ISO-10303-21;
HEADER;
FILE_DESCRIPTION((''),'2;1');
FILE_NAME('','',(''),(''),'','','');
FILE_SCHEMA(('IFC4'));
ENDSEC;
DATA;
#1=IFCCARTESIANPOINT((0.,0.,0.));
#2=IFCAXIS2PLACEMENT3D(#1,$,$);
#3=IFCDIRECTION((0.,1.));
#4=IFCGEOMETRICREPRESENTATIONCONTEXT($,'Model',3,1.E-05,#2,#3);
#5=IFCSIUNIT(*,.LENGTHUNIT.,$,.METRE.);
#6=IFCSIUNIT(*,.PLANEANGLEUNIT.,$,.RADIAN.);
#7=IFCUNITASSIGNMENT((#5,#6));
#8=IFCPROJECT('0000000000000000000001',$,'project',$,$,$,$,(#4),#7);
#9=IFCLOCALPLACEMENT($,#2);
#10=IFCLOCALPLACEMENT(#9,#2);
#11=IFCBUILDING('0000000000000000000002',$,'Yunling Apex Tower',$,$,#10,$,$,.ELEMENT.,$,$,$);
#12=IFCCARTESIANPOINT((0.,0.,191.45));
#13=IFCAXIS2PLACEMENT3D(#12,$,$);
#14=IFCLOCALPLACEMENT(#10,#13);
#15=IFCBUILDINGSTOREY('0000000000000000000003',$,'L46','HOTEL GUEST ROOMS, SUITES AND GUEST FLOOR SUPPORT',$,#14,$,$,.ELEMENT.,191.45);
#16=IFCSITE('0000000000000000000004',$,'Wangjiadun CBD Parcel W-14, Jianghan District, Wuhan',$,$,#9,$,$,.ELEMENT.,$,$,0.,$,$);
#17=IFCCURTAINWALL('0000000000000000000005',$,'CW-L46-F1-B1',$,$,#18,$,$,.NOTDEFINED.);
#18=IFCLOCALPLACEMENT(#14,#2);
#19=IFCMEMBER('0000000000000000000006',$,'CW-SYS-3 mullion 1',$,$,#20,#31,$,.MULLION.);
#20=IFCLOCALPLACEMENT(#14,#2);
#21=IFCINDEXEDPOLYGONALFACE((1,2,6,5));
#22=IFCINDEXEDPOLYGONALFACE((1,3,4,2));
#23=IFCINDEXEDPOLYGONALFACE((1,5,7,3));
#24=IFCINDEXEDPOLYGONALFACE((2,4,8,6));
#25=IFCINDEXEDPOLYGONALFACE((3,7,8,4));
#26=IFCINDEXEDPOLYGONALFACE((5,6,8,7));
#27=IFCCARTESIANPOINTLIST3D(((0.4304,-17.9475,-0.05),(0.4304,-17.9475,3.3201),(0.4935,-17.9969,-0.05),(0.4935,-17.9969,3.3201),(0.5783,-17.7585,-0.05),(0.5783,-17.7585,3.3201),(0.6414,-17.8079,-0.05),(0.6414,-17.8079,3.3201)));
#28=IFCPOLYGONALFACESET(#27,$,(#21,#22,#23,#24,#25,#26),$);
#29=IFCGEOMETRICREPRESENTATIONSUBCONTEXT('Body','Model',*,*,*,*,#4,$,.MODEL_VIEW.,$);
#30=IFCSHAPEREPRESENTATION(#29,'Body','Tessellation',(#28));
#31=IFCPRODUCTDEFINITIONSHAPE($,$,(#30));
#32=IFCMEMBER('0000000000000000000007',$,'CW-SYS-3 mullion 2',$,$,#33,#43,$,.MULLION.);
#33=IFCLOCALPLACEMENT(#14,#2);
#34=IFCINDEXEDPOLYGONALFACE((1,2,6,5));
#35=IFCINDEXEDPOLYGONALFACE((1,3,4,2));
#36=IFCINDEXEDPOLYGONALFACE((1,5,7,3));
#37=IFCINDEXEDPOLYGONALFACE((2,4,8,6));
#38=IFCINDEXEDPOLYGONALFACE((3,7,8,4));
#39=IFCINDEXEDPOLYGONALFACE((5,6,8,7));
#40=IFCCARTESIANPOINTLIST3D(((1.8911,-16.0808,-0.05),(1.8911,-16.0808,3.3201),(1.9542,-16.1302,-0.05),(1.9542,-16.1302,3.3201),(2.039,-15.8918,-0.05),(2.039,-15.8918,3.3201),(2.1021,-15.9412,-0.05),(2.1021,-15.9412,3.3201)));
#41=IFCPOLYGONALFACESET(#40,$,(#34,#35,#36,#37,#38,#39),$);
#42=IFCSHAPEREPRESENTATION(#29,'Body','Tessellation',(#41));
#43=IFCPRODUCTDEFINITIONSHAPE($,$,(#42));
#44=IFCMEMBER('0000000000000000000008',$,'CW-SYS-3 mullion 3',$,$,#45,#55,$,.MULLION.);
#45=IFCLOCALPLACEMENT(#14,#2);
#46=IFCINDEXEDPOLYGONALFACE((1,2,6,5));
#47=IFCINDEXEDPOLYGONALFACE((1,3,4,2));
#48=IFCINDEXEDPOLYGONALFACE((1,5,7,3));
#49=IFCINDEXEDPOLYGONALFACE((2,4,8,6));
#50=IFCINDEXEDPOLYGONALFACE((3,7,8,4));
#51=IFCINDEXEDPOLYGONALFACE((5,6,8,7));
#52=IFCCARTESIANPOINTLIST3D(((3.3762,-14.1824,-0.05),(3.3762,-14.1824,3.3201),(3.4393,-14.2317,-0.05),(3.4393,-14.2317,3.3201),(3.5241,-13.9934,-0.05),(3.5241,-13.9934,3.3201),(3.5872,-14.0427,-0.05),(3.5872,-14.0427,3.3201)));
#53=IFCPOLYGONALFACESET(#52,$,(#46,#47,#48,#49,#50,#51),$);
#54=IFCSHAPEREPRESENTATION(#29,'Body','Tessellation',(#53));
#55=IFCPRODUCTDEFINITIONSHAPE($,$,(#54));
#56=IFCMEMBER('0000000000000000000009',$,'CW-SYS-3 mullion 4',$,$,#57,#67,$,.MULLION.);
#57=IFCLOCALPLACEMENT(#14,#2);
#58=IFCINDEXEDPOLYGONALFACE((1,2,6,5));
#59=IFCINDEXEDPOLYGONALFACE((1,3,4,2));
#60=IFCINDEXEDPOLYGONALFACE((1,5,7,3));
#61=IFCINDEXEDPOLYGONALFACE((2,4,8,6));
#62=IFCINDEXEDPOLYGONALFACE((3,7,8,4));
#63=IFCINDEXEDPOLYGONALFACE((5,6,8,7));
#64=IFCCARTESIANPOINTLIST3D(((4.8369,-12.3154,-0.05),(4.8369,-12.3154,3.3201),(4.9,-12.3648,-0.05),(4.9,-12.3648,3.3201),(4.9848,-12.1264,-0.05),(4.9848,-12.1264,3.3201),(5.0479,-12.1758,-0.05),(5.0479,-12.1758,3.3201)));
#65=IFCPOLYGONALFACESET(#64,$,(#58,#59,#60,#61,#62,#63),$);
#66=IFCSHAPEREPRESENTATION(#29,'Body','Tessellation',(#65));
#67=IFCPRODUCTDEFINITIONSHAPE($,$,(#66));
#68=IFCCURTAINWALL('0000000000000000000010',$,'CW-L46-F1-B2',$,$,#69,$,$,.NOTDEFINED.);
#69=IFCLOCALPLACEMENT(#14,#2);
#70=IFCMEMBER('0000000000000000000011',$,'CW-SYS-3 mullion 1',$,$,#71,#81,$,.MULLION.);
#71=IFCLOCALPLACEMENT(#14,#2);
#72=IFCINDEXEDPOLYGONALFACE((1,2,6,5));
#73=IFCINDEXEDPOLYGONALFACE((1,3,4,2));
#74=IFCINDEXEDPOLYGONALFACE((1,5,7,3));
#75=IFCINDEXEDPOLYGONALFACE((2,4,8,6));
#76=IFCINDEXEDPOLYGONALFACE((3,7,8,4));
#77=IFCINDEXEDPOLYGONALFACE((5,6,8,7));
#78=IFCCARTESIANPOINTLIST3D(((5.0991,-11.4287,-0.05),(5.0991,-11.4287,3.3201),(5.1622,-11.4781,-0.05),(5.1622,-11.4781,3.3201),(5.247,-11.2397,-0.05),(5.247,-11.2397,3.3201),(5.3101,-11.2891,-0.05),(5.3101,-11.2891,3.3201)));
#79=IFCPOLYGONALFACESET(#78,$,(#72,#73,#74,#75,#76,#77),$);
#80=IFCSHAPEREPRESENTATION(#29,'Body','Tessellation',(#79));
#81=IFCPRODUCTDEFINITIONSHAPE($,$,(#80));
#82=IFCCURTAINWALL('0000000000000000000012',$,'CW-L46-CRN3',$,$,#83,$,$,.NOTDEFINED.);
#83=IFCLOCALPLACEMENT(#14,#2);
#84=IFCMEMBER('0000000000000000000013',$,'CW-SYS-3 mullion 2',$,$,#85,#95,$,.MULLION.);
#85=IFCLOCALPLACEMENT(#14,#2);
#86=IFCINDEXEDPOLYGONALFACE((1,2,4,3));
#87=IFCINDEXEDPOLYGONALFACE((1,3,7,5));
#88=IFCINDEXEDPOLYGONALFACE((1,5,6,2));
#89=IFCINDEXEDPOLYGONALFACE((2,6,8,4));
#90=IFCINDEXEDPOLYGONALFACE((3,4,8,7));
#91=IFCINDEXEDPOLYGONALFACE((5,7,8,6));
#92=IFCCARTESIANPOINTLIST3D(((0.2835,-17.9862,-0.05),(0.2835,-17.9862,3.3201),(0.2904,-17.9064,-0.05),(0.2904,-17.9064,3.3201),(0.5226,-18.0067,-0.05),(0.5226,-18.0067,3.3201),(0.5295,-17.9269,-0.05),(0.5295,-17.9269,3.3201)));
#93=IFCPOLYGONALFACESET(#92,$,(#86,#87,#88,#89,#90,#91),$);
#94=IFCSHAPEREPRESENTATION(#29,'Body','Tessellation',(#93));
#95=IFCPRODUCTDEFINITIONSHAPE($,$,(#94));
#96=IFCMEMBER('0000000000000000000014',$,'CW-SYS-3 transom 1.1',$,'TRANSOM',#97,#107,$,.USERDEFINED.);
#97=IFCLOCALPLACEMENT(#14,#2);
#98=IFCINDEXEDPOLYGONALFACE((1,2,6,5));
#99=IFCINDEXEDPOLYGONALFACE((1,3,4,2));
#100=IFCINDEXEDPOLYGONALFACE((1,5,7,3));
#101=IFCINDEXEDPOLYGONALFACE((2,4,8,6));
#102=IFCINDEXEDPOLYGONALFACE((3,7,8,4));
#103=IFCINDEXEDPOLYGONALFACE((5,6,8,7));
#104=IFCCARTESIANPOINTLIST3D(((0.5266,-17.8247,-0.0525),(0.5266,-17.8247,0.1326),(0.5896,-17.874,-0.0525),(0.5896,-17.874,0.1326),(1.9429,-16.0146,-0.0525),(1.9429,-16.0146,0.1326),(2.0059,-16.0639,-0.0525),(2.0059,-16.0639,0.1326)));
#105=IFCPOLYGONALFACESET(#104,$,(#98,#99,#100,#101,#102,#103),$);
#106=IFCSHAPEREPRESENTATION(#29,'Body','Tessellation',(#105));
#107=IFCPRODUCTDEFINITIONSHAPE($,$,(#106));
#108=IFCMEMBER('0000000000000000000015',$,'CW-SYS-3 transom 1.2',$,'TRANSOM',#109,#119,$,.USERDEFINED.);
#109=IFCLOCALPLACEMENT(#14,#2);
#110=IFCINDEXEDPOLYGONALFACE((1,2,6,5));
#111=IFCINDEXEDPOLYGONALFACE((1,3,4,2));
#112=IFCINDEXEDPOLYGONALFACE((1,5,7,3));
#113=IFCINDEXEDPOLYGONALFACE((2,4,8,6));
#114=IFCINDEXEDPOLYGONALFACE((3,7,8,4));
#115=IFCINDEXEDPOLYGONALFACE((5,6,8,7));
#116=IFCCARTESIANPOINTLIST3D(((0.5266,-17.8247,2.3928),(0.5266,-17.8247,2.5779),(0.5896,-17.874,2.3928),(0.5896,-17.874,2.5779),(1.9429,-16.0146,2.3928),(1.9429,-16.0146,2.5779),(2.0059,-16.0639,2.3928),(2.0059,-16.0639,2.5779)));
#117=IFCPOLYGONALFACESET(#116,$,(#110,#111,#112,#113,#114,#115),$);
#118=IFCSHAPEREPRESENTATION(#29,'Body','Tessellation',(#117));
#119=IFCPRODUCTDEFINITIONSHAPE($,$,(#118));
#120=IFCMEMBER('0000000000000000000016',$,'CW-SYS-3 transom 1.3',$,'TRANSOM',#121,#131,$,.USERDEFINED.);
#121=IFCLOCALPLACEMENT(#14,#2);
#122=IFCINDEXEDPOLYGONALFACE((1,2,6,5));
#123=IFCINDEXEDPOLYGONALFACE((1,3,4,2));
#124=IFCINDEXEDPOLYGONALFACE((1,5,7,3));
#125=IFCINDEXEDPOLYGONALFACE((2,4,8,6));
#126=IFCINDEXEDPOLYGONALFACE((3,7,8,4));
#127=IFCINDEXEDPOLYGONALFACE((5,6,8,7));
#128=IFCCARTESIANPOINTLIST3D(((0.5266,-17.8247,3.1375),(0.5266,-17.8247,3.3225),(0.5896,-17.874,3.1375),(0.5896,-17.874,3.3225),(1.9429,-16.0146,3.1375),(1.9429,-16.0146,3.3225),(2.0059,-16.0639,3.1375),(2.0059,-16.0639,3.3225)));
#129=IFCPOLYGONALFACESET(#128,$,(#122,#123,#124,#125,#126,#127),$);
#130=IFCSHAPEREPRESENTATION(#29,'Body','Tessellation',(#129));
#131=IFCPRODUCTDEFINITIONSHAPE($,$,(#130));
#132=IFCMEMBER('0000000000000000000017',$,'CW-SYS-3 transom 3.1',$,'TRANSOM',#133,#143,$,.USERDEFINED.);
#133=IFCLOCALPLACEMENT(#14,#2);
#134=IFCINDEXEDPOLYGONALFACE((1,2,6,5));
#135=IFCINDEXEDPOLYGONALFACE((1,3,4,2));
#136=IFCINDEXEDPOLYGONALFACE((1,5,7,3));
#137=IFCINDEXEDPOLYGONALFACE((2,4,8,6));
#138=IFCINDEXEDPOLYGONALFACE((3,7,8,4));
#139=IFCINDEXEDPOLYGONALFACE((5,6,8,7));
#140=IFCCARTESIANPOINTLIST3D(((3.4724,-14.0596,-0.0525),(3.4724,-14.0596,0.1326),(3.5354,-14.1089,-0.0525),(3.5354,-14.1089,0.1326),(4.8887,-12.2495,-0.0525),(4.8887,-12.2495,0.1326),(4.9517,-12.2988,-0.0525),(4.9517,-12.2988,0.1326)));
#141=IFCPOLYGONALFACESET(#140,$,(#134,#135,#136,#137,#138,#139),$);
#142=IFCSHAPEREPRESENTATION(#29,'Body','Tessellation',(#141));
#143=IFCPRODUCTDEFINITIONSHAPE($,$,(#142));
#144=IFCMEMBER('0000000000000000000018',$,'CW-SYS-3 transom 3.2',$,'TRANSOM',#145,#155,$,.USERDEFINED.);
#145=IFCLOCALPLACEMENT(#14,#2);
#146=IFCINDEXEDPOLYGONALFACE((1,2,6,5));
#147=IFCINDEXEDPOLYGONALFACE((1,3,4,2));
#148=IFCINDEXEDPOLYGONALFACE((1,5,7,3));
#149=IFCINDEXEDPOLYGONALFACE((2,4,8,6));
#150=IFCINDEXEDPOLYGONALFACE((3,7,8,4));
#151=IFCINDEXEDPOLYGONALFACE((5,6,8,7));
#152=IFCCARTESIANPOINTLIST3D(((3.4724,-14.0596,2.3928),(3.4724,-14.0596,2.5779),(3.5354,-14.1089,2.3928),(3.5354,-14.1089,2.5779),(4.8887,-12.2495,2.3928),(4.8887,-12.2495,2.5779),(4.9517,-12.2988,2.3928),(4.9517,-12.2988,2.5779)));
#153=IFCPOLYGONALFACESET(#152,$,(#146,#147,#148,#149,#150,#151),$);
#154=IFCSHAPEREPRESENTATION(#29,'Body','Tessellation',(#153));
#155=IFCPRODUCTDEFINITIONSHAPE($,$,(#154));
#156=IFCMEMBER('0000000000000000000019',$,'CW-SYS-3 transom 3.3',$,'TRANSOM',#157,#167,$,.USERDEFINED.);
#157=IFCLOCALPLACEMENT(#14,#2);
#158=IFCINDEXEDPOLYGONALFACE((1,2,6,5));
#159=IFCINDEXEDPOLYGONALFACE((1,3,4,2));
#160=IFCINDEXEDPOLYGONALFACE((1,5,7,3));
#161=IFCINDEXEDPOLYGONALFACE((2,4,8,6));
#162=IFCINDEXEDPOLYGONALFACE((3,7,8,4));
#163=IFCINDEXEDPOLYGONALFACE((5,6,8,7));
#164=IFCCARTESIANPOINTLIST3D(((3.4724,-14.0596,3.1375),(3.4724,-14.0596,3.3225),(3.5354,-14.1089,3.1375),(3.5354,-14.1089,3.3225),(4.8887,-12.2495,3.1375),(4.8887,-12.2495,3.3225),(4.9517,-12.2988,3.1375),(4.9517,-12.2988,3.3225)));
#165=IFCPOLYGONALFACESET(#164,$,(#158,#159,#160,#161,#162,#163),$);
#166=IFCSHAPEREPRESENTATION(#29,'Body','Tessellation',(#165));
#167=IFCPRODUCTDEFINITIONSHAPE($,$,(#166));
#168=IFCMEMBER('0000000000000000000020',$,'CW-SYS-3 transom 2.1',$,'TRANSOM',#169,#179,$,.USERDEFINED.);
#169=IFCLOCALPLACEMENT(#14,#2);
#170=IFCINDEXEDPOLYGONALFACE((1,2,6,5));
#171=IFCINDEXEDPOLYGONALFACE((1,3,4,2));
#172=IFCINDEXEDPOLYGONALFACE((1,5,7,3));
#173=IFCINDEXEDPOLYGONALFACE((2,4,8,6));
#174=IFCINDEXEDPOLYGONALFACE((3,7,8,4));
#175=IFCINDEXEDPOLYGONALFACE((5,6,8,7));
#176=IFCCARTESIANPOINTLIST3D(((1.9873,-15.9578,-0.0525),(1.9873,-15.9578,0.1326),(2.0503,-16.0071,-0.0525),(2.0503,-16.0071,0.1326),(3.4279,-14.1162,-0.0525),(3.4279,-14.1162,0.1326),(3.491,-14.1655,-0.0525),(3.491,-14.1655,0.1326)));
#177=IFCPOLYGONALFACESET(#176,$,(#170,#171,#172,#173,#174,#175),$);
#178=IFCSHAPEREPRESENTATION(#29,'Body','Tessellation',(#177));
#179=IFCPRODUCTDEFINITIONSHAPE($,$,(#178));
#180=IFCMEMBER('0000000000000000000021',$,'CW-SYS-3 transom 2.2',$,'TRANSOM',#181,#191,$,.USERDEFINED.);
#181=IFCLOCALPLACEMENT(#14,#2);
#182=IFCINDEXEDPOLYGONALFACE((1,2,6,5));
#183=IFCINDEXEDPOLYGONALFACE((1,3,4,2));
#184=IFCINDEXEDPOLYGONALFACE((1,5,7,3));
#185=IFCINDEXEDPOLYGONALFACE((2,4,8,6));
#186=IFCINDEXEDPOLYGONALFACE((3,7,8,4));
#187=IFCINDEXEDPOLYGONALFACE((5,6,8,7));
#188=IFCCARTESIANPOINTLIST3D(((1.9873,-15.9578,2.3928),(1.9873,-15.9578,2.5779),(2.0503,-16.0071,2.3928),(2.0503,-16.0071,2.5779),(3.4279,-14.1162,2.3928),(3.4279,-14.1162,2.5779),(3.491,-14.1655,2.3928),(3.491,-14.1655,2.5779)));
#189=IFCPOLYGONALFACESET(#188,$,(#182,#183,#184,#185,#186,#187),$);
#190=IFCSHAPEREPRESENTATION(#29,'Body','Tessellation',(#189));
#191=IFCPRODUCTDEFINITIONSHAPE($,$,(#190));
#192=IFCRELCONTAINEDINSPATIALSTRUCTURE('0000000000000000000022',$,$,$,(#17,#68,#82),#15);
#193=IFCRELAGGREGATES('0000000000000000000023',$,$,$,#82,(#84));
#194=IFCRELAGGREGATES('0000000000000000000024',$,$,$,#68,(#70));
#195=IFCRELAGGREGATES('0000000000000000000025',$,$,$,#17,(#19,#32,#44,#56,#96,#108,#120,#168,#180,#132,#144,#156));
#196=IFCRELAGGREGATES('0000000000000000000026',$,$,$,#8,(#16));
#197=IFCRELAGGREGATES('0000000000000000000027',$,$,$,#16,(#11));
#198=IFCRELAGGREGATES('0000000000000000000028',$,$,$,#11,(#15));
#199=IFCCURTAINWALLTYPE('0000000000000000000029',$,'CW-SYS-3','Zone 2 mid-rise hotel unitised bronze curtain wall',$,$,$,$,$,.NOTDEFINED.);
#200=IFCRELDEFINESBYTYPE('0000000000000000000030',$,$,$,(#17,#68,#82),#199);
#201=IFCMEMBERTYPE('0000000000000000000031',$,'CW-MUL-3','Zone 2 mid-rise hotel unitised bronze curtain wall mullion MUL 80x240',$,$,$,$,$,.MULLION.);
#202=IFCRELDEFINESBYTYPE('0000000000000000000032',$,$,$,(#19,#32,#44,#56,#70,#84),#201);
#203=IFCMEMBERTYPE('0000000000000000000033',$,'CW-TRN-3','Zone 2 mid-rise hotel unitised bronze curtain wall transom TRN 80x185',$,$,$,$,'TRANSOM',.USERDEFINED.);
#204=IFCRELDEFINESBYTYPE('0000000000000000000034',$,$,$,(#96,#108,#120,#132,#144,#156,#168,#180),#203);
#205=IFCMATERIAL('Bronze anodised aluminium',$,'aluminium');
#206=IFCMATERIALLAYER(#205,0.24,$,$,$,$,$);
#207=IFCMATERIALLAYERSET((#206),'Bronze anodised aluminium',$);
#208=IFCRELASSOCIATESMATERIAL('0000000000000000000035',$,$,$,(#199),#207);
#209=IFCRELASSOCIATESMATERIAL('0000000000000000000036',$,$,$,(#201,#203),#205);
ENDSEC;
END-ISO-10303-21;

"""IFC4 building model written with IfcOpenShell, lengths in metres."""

from ifc_helpers import new_model, si_unit, direction, frame, origin, origin_2d, place, context, subcontext, project, spatial, rectangle, extrude, source, transform, mapped, material, layer, layer_set, material_profile, profile_set, type_object, element, aggregate, save


model = new_model("IFC4")

# Units and contexts
model_context = context("Model", 3, precision=1e-05, world=origin(), true_north=direction((0.0, 1.0)))
body_context = subcontext(model_context, "Body", "Model", "MODEL_VIEW")
ifc_project = project(units=[si_unit("LENGTHUNIT", "METRE"), si_unit("PLANEANGLEUNIT", "RADIAN")], contexts=[model_context])

# Site, building, storey
site_placement = place(None, origin())
site = spatial("IfcSite", under=ifc_project, at=site_placement, Name="Wangjiadun CBD Parcel W-14, Jianghan District, Wuhan", CompositionType="ELEMENT", RefElevation=0.0)
building_placement = place(site_placement, origin())
building = spatial("IfcBuilding", under=site, at=building_placement, Name="Yunling Apex Tower", CompositionType="ELEMENT")
storey_placement = place(building_placement, frame((0.0, 0.0, 191.45)))
storey = spatial("IfcBuildingStorey", under=building, at=storey_placement, Name="L46", Description="HOTEL GUEST ROOMS, SUITES AND GUEST FLOOR SUPPORT", CompositionType="ELEMENT", Elevation=191.45)

# Curtain wall, members
ifc_material_1 = material(Name="Bronze anodised aluminium", Category="aluminium")
ifc_layer_1 = layer(ifc_material_1, 0.24)
ifc_layer_set_1 = layer_set([ifc_layer_1], Name="Bronze anodised aluminium")
curtain_wall_type = type_object("IfcCurtainWallType", Name="CW-SYS-3", Description="Zone 2 mid-rise hotel unitised bronze curtain wall", PredefinedType="NOTDEFINED", material=ifc_layer_set_1)
curtain_wall_1_placement = place(storey_placement, origin())
curtain_wall_1 = element("IfcCurtainWall", 1, at=curtain_wall_1_placement, inside=storey, type_object=curtain_wall_type, Name="CW-L46-F1-B1", PredefinedType="NOTDEFINED")
ifc_material_profile_1 = material_profile(ifc_material_1, rectangle(XDim=0.0801, YDim=0.24, at=origin_2d()))
ifc_profile_set_1 = profile_set([ifc_material_profile_1], Name="Bronze anodised aluminium")
member_type_1 = type_object("IfcMemberType", Name="CW-MUL-3", Description="Zone 2 mid-rise hotel unitised bronze curtain wall mullion MUL 80x240", PredefinedType="MULLION", material=ifc_profile_set_1)
shared_shape_1 = source(origin(), body_context, "Body", "SweptSolid", [
    extrude(rectangle(XDim=0.0801, YDim=0.24, at=origin_2d()), origin(), (0.0, 0.0, 1.0), 3.3701),
])
member_1_placement = place(storey_placement, frame((0.5359, -17.8777, -0.05), z_axis=(0.0, 0.0, 1.0), x_axis=(-0.787589, 0.6162, 0.0)))
member_1 = element("IfcMember", 2, at=member_1_placement, type_object=member_type_1, Name="CW-SYS-3 mullion 1", PredefinedType="MULLION", context=body_context, shape_type="MappedRepresentation", body=[
    mapped(shared_shape_1, transform((0.0, 0.0, 0.0), scale=1.0)),
])
member_2_placement = place(storey_placement, frame((1.9966, -16.011, -0.05), z_axis=(0.0, 0.0, 1.0), x_axis=(-0.787589, 0.6162, 0.0)))
member_2 = element("IfcMember", 3, at=member_2_placement, type_object=member_type_1, Name="CW-SYS-3 mullion 2", PredefinedType="MULLION", context=body_context, shape_type="MappedRepresentation", body=[
    mapped(shared_shape_1, transform((0.0, 0.0, 0.0), scale=1.0)),
])
member_3_placement = place(storey_placement, frame((3.4817, -14.1125, -0.05), z_axis=(0.0, 0.0, 1.0), x_axis=(-0.787589, 0.6162, 0.0)))
member_3 = element("IfcMember", 4, at=member_3_placement, type_object=member_type_1, Name="CW-SYS-3 mullion 3", PredefinedType="MULLION", context=body_context, shape_type="MappedRepresentation", body=[
    mapped(shared_shape_1, transform((0.0, 0.0, 0.0), scale=1.0)),
])
member_4_placement = place(storey_placement, frame((4.9424, -12.2456, -0.05), z_axis=(0.0, 0.0, 1.0), x_axis=(-0.787589, 0.6162, 0.0)))
member_4 = element("IfcMember", 5, at=member_4_placement, type_object=member_type_1, Name="CW-SYS-3 mullion 4", PredefinedType="MULLION", context=body_context, shape_type="MappedRepresentation", body=[
    mapped(shared_shape_1, transform((0.0, 0.0, 0.0), scale=1.0)),
])

# Curtain walls, members
curtain_wall_2_placement = place(storey_placement, origin())
curtain_wall_2 = element("IfcCurtainWall", 6, at=curtain_wall_2_placement, inside=storey, type_object=curtain_wall_type, Name="CW-L46-F1-B2", PredefinedType="NOTDEFINED")
member_5_placement = place(storey_placement, frame((5.2046, -11.3589, -0.05), z_axis=(0.0, 0.0, 1.0), x_axis=(-0.787576, 0.616217, 0.0)))
member_5 = element("IfcMember", 7, at=member_5_placement, type_object=member_type_1, Name="CW-SYS-3 mullion 1", PredefinedType="MULLION", context=body_context, shape_type="MappedRepresentation", body=[
    mapped(shared_shape_1, transform((0.0, 0.0, 0.0), scale=1.0)),
])
curtain_wall_3_placement = place(storey_placement, origin())
curtain_wall_3 = element("IfcCurtainWall", 8, at=curtain_wall_3_placement, inside=storey, type_object=curtain_wall_type, Name="CW-L46-CRN3", PredefinedType="NOTDEFINED")
member_6_placement = place(storey_placement, frame((0.4065, -17.9565, -0.05), z_axis=(0.0, 0.0, 1.0), x_axis=(0.085517, 0.996337, 0.0)))
member_6 = element("IfcMember", 9, at=member_6_placement, type_object=member_type_1, Name="CW-SYS-3 mullion 2", PredefinedType="MULLION", context=body_context, shape_type="MappedRepresentation", body=[
    mapped(shared_shape_1, transform((0.0, 0.0, 0.0), scale=1.0)),
])
aggregate(curtain_wall_3, [member_6])

# Members
ifc_material_profile_2 = material_profile(ifc_material_1, rectangle(XDim=0.0801, YDim=0.1851, at=origin_2d()))
ifc_profile_set_2 = profile_set([ifc_material_profile_2], Name="Bronze anodised aluminium")
member_type_2 = type_object("IfcMemberType", Name="CW-TRN-3", Description="Zone 2 mid-rise hotel unitised bronze curtain wall transom TRN 80x185", ElementType="TRANSOM", PredefinedType="USERDEFINED", material=ifc_profile_set_2)
shared_shape_2 = source(origin(), body_context, "Body", "SweptSolid", [
    extrude(rectangle(XDim=0.0801, YDim=0.1851, at=origin_2d()), origin(), (0.0, 0.0, 1.0), 2.2983),
])
member_7_placement = place(storey_placement, frame((0.5581, -17.8494, 0.04), z_axis=(0.616225, 0.78757, 0.0), x_axis=(-0.78757, 0.616225, 0.0)))
member_7 = element("IfcMember", 10, at=member_7_placement, type_object=member_type_2, Name="CW-SYS-3 transom 1.1", ObjectType="TRANSOM", PredefinedType="USERDEFINED", context=body_context, shape_type="MappedRepresentation", body=[
    mapped(shared_shape_2, transform((0.0, 0.0, 0.0), scale=1.0)),
])
member_8_placement = place(storey_placement, frame((0.5581, -17.8494, 2.4854), z_axis=(0.616225, 0.78757, 0.0), x_axis=(-0.78757, 0.616225, 0.0)))
member_8 = element("IfcMember", 11, at=member_8_placement, type_object=member_type_2, Name="CW-SYS-3 transom 1.2", ObjectType="TRANSOM", PredefinedType="USERDEFINED", context=body_context, shape_type="MappedRepresentation", body=[
    mapped(shared_shape_2, transform((0.0, 0.0, 0.0), scale=1.0)),
])
member_9_placement = place(storey_placement, frame((0.5581, -17.8494, 3.23), z_axis=(0.616225, 0.78757, 0.0), x_axis=(-0.78757, 0.616225, 0.0)))
member_9 = element("IfcMember", 12, at=member_9_placement, type_object=member_type_2, Name="CW-SYS-3 transom 1.3", ObjectType="TRANSOM", PredefinedType="USERDEFINED", context=body_context, shape_type="MappedRepresentation", body=[
    mapped(shared_shape_2, transform((0.0, 0.0, 0.0), scale=1.0)),
])
member_10_placement = place(storey_placement, frame((3.5039, -14.0842, 0.04), z_axis=(0.616225, 0.78757, 0.0), x_axis=(-0.78757, 0.616225, 0.0)))
member_10 = element("IfcMember", 13, at=member_10_placement, type_object=member_type_2, Name="CW-SYS-3 transom 3.1", ObjectType="TRANSOM", PredefinedType="USERDEFINED", context=body_context, shape_type="MappedRepresentation", body=[
    mapped(shared_shape_2, transform((0.0, 0.0, 0.0), scale=1.0)),
])
member_11_placement = place(storey_placement, frame((3.5039, -14.0842, 2.4854), z_axis=(0.616225, 0.78757, 0.0), x_axis=(-0.78757, 0.616225, 0.0)))
member_11 = element("IfcMember", 14, at=member_11_placement, type_object=member_type_2, Name="CW-SYS-3 transom 3.2", ObjectType="TRANSOM", PredefinedType="USERDEFINED", context=body_context, shape_type="MappedRepresentation", body=[
    mapped(shared_shape_2, transform((0.0, 0.0, 0.0), scale=1.0)),
])
member_12_placement = place(storey_placement, frame((3.5039, -14.0842, 3.23), z_axis=(0.616225, 0.78757, 0.0), x_axis=(-0.78757, 0.616225, 0.0)))
member_12 = element("IfcMember", 15, at=member_12_placement, type_object=member_type_2, Name="CW-SYS-3 transom 3.3", ObjectType="TRANSOM", PredefinedType="USERDEFINED", context=body_context, shape_type="MappedRepresentation", body=[
    mapped(shared_shape_2, transform((0.0, 0.0, 0.0), scale=1.0)),
])
shared_shape_3 = source(origin(), body_context, "Body", "SweptSolid", [
    extrude(rectangle(XDim=0.0801, YDim=0.1851, at=origin_2d()), origin(), (0.0, 0.0, 1.0), 2.3381),
])
member_13_placement = place(storey_placement, frame((2.0188, -15.9824, 0.04), z_axis=(0.616165, 0.787617, 0.0), x_axis=(-0.787617, 0.616165, 0.0)))
member_13 = element("IfcMember", 16, at=member_13_placement, type_object=member_type_2, Name="CW-SYS-3 transom 2.1", ObjectType="TRANSOM", PredefinedType="USERDEFINED", context=body_context, shape_type="MappedRepresentation", body=[
    mapped(shared_shape_3, transform((0.0, 0.0, 0.0), scale=1.0)),
])
member_14_placement = place(storey_placement, frame((2.0188, -15.9824, 2.4854), z_axis=(0.616165, 0.787617, 0.0), x_axis=(-0.787617, 0.616165, 0.0)))
member_14 = element("IfcMember", 17, at=member_14_placement, type_object=member_type_2, Name="CW-SYS-3 transom 2.2", ObjectType="TRANSOM", PredefinedType="USERDEFINED", context=body_context, shape_type="MappedRepresentation", body=[
    mapped(shared_shape_3, transform((0.0, 0.0, 0.0), scale=1.0)),
])
aggregate(curtain_wall_2, [member_5])

aggregate(curtain_wall_1, [member_1, member_2, member_3, member_4, member_7, member_8, member_9, member_13, member_14, member_10, member_11, member_12])

save(model, "model.ifc")
